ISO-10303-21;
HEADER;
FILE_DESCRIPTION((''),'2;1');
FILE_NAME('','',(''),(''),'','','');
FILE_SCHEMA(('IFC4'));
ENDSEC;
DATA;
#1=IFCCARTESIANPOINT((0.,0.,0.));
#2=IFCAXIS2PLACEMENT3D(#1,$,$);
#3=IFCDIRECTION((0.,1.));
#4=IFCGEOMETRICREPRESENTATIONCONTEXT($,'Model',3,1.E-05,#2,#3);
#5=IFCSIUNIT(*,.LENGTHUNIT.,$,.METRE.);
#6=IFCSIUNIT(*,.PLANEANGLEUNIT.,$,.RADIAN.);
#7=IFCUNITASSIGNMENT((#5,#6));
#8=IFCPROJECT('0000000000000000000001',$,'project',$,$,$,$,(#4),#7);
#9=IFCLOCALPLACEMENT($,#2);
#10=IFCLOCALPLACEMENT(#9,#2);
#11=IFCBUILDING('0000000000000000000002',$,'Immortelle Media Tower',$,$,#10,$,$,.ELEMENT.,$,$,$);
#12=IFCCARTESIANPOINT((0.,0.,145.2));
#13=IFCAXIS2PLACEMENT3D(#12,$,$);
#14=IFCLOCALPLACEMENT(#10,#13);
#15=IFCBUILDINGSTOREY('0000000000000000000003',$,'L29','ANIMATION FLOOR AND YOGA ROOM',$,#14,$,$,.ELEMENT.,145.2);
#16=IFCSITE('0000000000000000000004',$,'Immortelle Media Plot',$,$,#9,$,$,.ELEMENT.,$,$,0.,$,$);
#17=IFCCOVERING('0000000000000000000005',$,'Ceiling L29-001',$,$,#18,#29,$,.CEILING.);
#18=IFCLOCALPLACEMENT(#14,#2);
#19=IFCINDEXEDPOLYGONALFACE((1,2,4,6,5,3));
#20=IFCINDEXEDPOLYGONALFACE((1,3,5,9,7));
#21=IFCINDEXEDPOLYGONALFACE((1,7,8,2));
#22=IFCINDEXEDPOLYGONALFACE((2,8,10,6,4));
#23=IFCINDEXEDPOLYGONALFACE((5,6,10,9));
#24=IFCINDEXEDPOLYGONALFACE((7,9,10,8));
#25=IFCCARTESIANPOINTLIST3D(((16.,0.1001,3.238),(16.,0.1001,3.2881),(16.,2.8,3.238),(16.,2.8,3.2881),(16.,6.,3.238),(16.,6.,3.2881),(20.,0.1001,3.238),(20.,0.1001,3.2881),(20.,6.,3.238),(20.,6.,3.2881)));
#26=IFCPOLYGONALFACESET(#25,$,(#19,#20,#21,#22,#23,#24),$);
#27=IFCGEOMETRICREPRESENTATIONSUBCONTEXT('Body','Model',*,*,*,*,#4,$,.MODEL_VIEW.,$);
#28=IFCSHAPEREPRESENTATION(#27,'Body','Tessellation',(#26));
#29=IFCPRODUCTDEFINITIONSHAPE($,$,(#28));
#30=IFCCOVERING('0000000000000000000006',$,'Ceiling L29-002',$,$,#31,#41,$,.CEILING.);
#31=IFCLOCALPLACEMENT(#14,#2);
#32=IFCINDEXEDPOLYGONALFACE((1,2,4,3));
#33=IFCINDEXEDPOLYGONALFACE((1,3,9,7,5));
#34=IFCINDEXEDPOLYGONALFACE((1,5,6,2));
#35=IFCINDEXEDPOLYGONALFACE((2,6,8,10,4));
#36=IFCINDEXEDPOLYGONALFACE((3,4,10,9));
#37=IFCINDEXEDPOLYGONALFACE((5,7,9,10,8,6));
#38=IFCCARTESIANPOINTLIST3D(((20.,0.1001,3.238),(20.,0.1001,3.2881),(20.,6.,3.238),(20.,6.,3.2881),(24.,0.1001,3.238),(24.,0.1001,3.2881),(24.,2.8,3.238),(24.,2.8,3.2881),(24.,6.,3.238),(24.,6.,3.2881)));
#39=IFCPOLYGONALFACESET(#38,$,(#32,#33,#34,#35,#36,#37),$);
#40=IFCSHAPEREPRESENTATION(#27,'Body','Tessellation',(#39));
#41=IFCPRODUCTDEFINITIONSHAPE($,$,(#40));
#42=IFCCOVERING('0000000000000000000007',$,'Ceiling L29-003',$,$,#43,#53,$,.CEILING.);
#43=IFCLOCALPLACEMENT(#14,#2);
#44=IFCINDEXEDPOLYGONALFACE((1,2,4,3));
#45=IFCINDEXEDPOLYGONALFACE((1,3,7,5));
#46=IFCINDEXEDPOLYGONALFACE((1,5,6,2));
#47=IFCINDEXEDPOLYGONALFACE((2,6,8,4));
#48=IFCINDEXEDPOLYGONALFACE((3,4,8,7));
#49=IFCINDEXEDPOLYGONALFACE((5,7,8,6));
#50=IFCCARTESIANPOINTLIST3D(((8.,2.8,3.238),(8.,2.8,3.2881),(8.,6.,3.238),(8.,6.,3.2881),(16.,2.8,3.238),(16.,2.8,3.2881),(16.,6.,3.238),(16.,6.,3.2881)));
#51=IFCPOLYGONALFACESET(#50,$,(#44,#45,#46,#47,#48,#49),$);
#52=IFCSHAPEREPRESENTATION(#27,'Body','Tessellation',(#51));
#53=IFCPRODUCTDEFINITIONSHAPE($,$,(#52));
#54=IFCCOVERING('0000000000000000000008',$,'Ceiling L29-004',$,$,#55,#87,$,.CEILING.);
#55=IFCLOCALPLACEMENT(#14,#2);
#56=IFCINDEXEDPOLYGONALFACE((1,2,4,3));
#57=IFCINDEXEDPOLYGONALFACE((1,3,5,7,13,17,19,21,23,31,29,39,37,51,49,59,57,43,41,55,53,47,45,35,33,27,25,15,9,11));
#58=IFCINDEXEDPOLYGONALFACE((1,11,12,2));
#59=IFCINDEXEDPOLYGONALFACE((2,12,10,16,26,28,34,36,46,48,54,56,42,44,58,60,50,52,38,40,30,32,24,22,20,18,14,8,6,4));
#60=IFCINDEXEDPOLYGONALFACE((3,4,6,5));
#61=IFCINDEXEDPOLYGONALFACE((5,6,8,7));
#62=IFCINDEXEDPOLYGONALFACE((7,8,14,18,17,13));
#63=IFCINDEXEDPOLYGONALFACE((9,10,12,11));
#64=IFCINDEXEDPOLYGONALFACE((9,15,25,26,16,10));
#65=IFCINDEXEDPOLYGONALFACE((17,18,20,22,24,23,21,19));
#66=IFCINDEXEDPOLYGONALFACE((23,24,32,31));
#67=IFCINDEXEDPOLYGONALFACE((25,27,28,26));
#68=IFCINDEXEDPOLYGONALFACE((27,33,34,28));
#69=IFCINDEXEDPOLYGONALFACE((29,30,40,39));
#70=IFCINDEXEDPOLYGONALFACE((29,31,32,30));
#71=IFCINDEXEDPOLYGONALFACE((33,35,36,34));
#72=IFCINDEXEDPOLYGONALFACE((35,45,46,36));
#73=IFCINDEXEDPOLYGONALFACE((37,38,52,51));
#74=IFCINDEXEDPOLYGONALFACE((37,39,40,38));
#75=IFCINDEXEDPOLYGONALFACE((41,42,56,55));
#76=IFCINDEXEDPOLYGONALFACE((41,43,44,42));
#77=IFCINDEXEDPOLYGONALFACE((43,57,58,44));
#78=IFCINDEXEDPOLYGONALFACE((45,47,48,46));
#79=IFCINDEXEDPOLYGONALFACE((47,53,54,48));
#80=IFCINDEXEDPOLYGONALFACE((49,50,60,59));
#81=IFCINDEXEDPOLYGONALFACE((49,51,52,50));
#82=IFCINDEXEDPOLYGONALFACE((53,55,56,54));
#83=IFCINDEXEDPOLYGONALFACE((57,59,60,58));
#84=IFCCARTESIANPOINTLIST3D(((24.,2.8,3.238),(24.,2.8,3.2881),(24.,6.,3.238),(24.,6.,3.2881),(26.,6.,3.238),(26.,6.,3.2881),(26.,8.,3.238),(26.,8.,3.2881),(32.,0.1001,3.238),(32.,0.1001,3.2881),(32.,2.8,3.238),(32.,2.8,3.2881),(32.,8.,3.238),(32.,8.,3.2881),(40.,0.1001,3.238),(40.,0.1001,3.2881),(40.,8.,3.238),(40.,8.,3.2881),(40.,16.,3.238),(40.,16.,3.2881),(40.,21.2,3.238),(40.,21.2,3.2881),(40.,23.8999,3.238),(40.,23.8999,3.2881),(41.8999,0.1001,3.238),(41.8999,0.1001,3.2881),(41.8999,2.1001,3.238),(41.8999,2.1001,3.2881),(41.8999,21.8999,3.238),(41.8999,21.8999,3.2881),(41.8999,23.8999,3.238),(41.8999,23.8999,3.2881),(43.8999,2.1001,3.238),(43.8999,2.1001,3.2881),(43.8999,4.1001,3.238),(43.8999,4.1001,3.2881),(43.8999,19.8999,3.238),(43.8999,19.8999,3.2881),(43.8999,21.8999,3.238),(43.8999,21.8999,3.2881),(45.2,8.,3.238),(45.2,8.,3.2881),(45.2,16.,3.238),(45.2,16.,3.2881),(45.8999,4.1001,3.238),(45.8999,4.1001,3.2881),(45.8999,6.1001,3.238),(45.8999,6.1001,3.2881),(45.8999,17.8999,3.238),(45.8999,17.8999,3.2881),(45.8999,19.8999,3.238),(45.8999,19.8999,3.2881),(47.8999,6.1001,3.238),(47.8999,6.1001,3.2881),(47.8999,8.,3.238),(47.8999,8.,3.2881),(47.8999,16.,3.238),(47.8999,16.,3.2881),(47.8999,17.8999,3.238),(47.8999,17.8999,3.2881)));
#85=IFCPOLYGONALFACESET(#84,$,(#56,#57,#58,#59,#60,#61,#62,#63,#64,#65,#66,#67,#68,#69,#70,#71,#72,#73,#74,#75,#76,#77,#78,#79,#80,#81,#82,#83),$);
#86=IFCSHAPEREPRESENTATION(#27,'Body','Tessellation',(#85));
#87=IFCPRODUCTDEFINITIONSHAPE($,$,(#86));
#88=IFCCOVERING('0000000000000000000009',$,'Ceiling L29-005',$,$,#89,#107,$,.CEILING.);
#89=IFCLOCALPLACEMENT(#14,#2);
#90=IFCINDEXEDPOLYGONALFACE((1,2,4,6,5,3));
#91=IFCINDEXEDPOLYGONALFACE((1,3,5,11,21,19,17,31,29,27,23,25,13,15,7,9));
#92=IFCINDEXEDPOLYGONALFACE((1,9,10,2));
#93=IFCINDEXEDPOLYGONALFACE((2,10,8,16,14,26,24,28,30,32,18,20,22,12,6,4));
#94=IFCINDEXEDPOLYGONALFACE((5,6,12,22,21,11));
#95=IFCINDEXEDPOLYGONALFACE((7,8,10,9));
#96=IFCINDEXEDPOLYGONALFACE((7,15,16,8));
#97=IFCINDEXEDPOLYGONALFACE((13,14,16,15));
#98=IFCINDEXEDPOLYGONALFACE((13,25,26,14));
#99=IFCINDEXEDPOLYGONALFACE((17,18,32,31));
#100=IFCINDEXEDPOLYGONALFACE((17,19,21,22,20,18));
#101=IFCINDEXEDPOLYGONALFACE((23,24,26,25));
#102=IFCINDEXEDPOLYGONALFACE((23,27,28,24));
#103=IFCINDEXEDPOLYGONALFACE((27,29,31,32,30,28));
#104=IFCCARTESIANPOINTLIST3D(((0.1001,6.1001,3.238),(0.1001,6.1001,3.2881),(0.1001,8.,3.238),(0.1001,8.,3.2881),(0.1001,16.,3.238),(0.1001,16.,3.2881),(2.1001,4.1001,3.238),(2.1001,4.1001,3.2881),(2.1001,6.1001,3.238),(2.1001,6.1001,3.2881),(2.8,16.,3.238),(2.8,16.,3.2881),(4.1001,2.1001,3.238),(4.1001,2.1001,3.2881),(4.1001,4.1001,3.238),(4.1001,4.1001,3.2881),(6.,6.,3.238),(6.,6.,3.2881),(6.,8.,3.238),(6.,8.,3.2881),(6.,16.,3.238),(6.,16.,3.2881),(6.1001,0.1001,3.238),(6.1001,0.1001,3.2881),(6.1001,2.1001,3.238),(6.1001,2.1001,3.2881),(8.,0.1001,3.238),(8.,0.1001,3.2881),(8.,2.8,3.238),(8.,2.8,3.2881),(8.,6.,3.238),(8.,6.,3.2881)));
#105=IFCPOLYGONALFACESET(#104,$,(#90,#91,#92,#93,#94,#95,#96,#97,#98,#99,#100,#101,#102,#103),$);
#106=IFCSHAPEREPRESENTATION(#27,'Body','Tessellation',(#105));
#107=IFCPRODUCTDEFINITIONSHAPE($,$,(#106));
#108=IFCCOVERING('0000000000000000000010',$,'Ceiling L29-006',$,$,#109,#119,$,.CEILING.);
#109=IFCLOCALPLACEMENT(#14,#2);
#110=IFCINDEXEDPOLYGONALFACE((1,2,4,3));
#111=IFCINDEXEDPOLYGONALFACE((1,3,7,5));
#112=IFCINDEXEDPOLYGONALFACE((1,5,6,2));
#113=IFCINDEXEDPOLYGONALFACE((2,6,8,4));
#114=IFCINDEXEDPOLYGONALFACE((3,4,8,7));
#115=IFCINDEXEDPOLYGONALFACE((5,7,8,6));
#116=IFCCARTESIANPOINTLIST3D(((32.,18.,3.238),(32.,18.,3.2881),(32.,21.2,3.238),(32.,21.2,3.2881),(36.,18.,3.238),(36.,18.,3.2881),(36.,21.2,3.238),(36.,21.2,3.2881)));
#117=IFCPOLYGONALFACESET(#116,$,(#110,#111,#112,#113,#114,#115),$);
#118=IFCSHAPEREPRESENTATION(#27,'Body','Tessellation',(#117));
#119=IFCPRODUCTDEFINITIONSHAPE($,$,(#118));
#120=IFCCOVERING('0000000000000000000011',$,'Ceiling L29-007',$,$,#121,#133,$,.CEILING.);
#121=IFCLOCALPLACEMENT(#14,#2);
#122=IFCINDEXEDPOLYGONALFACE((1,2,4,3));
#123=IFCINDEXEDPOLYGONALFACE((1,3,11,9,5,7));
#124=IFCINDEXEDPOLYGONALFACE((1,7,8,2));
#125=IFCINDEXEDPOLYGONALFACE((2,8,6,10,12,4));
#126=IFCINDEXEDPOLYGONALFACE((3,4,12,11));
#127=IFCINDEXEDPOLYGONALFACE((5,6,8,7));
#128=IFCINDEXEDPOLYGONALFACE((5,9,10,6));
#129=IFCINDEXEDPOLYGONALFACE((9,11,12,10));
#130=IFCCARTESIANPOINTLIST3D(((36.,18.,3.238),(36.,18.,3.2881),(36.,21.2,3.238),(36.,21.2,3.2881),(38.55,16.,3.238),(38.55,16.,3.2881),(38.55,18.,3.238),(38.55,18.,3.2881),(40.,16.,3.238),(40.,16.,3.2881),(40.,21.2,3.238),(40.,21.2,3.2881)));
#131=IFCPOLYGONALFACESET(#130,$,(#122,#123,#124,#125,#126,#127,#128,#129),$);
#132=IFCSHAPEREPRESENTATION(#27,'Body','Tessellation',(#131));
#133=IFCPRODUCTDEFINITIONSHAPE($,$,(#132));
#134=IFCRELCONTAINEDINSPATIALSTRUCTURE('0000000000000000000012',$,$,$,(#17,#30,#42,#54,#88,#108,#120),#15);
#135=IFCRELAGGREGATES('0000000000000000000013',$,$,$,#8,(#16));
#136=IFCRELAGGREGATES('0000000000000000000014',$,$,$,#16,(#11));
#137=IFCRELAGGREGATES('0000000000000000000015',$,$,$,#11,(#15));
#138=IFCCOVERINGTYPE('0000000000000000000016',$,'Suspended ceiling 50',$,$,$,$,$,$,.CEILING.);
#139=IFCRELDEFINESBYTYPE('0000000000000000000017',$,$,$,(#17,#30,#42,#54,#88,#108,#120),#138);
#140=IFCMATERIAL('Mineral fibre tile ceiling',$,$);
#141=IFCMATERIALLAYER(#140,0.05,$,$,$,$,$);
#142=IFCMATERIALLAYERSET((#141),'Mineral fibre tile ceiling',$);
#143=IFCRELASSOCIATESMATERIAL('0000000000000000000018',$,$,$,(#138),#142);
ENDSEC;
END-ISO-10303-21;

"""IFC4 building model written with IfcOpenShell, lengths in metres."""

from ifc_helpers import new_model, si_unit, direction, frame, origin, place, context, subcontext, project, spatial, polyline, outline, extrude, material, layer, layer_set, type_object, element, save


model = new_model("IFC4")

# Units and contexts
model_context = context("Model", 3, precision=1e-05, world=origin(), true_north=direction((0.0, 1.0)))
body_context = subcontext(model_context, "Body", "Model", "MODEL_VIEW")
ifc_project = project(units=[si_unit("LENGTHUNIT", "METRE"), si_unit("PLANEANGLEUNIT", "RADIAN")], contexts=[model_context])

# Site, building, storey
site_placement = place(None, origin())
site = spatial("IfcSite", under=ifc_project, at=site_placement, Name="Immortelle Media Plot", CompositionType="ELEMENT", RefElevation=0.0)
building_placement = place(site_placement, origin())
building = spatial("IfcBuilding", under=site, at=building_placement, Name="Immortelle Media Tower", CompositionType="ELEMENT")
storey_placement = place(building_placement, frame((0.0, 0.0, 145.2)))
storey = spatial("IfcBuildingStorey", under=building, at=storey_placement, Name="L29", Description="ANIMATION FLOOR AND YOGA ROOM", CompositionType="ELEMENT", Elevation=145.2)

# Coverings
ifc_material_1 = material(Name="Mineral fibre tile ceiling")
ifc_layer_1 = layer(ifc_material_1, 0.05)
ifc_layer_set_1 = layer_set([ifc_layer_1], Name="Mineral fibre tile ceiling")
covering_type = type_object("IfcCoveringType", Name="Suspended ceiling 50", PredefinedType="CEILING", material=ifc_layer_set_1)
covering_1_placement = place(storey_placement, frame((0.0, 0.0, 3.238)))
element("IfcCovering", 1, at=covering_1_placement, inside=storey, type_object=covering_type, Name="Ceiling L29-001", PredefinedType="CEILING", context=body_context, shape_type="SweptSolid", body=[
    extrude(outline(polyline([(16.0, 2.8), (16.0, 6.0), (20.0, 6.0), (20.0, 0.1001), (16.0, 0.1001), (16.0, 2.8)])), origin(), (0.0, 0.0, 1.0), 0.05),
])
covering_2_placement = place(storey_placement, frame((0.0, 0.0, 3.238)))
element("IfcCovering", 2, at=covering_2_placement, inside=storey, type_object=covering_type, Name="Ceiling L29-002", PredefinedType="CEILING", context=body_context, shape_type="SweptSolid", body=[
    extrude(outline(polyline([(24.0, 6.0), (24.0, 2.8), (24.0, 0.1001), (20.0, 0.1001), (20.0, 6.0), (24.0, 6.0)])), origin(), (0.0, 0.0, 1.0), 0.05),
])
covering_3_placement = place(storey_placement, frame((0.0, 0.0, 3.238)))
element("IfcCovering", 3, at=covering_3_placement, inside=storey, type_object=covering_type, Name="Ceiling L29-003", PredefinedType="CEILING", context=body_context, shape_type="SweptSolid", body=[
    extrude(outline(polyline([(8.0, 2.8), (8.0, 6.0), (16.0, 6.0), (16.0, 2.8), (8.0, 2.8)])), origin(), (0.0, 0.0, 1.0), 0.05),
])
covering_4_placement = place(storey_placement, frame((0.0, 0.0, 3.238)))
element("IfcCovering", 4, at=covering_4_placement, inside=storey, type_object=covering_type, Name="Ceiling L29-004", PredefinedType="CEILING", context=body_context, shape_type="SweptSolid", body=[
    extrude(outline(polyline([(26.0, 6.0), (26.0, 8.0), (32.0, 8.0), (40.0, 8.0), (40.0, 16.0), (40.0, 21.2), (40.0, 23.8999), (41.8999, 23.8999), (41.8999, 21.8999), (43.8999, 21.8999), (43.8999, 19.8999), (45.8999, 19.8999), (45.8999, 17.8999), (47.8999, 17.8999), (47.8999, 16.0), (45.2, 16.0), (45.2, 8.0), (47.8999, 8.0), (47.8999, 6.1001), (45.8999, 6.1001), (45.8999, 4.1001), (43.8999, 4.1001), (43.8999, 2.1001), (41.8999, 2.1001), (41.8999, 0.1001), (40.0, 0.1001), (32.0, 0.1001), (32.0, 2.8), (24.0, 2.8), (24.0, 6.0), (26.0, 6.0)])), origin(), (0.0, 0.0, 1.0), 0.05),
])
covering_5_placement = place(storey_placement, frame((0.0, 0.0, 3.238)))
element("IfcCovering", 5, at=covering_5_placement, inside=storey, type_object=covering_type, Name="Ceiling L29-005", PredefinedType="CEILING", context=body_context, shape_type="SweptSolid", body=[
    extrude(outline(polyline([(6.1001, 2.1001), (4.1001, 2.1001), (4.1001, 4.1001), (2.1001, 4.1001), (2.1001, 6.1001), (0.1001, 6.1001), (0.1001, 8.0), (0.1001, 16.0), (2.8, 16.0), (6.0, 16.0), (6.0, 8.0), (6.0, 6.0), (8.0, 6.0), (8.0, 2.8), (8.0, 0.1001), (6.1001, 0.1001), (6.1001, 2.1001)])), origin(), (0.0, 0.0, 1.0), 0.05),
])
covering_6_placement = place(storey_placement, frame((0.0, 0.0, 3.238)))
element("IfcCovering", 6, at=covering_6_placement, inside=storey, type_object=covering_type, Name="Ceiling L29-006", PredefinedType="CEILING", context=body_context, shape_type="SweptSolid", body=[
    extrude(outline(polyline([(32.0, 18.0), (32.0, 21.2), (36.0, 21.2), (36.0, 18.0), (32.0, 18.0)])), origin(), (0.0, 0.0, 1.0), 0.05),
])
covering_7_placement = place(storey_placement, frame((0.0, 0.0, 3.238)))
element("IfcCovering", 7, at=covering_7_placement, inside=storey, type_object=covering_type, Name="Ceiling L29-007", PredefinedType="CEILING", context=body_context, shape_type="SweptSolid", body=[
    extrude(outline(polyline([(38.55, 18.0), (36.0, 18.0), (36.0, 21.2), (40.0, 21.2), (40.0, 16.0), (38.55, 16.0), (38.55, 18.0)])), origin(), (0.0, 0.0, 1.0), 0.05),
])

save(model, "model.ifc")
